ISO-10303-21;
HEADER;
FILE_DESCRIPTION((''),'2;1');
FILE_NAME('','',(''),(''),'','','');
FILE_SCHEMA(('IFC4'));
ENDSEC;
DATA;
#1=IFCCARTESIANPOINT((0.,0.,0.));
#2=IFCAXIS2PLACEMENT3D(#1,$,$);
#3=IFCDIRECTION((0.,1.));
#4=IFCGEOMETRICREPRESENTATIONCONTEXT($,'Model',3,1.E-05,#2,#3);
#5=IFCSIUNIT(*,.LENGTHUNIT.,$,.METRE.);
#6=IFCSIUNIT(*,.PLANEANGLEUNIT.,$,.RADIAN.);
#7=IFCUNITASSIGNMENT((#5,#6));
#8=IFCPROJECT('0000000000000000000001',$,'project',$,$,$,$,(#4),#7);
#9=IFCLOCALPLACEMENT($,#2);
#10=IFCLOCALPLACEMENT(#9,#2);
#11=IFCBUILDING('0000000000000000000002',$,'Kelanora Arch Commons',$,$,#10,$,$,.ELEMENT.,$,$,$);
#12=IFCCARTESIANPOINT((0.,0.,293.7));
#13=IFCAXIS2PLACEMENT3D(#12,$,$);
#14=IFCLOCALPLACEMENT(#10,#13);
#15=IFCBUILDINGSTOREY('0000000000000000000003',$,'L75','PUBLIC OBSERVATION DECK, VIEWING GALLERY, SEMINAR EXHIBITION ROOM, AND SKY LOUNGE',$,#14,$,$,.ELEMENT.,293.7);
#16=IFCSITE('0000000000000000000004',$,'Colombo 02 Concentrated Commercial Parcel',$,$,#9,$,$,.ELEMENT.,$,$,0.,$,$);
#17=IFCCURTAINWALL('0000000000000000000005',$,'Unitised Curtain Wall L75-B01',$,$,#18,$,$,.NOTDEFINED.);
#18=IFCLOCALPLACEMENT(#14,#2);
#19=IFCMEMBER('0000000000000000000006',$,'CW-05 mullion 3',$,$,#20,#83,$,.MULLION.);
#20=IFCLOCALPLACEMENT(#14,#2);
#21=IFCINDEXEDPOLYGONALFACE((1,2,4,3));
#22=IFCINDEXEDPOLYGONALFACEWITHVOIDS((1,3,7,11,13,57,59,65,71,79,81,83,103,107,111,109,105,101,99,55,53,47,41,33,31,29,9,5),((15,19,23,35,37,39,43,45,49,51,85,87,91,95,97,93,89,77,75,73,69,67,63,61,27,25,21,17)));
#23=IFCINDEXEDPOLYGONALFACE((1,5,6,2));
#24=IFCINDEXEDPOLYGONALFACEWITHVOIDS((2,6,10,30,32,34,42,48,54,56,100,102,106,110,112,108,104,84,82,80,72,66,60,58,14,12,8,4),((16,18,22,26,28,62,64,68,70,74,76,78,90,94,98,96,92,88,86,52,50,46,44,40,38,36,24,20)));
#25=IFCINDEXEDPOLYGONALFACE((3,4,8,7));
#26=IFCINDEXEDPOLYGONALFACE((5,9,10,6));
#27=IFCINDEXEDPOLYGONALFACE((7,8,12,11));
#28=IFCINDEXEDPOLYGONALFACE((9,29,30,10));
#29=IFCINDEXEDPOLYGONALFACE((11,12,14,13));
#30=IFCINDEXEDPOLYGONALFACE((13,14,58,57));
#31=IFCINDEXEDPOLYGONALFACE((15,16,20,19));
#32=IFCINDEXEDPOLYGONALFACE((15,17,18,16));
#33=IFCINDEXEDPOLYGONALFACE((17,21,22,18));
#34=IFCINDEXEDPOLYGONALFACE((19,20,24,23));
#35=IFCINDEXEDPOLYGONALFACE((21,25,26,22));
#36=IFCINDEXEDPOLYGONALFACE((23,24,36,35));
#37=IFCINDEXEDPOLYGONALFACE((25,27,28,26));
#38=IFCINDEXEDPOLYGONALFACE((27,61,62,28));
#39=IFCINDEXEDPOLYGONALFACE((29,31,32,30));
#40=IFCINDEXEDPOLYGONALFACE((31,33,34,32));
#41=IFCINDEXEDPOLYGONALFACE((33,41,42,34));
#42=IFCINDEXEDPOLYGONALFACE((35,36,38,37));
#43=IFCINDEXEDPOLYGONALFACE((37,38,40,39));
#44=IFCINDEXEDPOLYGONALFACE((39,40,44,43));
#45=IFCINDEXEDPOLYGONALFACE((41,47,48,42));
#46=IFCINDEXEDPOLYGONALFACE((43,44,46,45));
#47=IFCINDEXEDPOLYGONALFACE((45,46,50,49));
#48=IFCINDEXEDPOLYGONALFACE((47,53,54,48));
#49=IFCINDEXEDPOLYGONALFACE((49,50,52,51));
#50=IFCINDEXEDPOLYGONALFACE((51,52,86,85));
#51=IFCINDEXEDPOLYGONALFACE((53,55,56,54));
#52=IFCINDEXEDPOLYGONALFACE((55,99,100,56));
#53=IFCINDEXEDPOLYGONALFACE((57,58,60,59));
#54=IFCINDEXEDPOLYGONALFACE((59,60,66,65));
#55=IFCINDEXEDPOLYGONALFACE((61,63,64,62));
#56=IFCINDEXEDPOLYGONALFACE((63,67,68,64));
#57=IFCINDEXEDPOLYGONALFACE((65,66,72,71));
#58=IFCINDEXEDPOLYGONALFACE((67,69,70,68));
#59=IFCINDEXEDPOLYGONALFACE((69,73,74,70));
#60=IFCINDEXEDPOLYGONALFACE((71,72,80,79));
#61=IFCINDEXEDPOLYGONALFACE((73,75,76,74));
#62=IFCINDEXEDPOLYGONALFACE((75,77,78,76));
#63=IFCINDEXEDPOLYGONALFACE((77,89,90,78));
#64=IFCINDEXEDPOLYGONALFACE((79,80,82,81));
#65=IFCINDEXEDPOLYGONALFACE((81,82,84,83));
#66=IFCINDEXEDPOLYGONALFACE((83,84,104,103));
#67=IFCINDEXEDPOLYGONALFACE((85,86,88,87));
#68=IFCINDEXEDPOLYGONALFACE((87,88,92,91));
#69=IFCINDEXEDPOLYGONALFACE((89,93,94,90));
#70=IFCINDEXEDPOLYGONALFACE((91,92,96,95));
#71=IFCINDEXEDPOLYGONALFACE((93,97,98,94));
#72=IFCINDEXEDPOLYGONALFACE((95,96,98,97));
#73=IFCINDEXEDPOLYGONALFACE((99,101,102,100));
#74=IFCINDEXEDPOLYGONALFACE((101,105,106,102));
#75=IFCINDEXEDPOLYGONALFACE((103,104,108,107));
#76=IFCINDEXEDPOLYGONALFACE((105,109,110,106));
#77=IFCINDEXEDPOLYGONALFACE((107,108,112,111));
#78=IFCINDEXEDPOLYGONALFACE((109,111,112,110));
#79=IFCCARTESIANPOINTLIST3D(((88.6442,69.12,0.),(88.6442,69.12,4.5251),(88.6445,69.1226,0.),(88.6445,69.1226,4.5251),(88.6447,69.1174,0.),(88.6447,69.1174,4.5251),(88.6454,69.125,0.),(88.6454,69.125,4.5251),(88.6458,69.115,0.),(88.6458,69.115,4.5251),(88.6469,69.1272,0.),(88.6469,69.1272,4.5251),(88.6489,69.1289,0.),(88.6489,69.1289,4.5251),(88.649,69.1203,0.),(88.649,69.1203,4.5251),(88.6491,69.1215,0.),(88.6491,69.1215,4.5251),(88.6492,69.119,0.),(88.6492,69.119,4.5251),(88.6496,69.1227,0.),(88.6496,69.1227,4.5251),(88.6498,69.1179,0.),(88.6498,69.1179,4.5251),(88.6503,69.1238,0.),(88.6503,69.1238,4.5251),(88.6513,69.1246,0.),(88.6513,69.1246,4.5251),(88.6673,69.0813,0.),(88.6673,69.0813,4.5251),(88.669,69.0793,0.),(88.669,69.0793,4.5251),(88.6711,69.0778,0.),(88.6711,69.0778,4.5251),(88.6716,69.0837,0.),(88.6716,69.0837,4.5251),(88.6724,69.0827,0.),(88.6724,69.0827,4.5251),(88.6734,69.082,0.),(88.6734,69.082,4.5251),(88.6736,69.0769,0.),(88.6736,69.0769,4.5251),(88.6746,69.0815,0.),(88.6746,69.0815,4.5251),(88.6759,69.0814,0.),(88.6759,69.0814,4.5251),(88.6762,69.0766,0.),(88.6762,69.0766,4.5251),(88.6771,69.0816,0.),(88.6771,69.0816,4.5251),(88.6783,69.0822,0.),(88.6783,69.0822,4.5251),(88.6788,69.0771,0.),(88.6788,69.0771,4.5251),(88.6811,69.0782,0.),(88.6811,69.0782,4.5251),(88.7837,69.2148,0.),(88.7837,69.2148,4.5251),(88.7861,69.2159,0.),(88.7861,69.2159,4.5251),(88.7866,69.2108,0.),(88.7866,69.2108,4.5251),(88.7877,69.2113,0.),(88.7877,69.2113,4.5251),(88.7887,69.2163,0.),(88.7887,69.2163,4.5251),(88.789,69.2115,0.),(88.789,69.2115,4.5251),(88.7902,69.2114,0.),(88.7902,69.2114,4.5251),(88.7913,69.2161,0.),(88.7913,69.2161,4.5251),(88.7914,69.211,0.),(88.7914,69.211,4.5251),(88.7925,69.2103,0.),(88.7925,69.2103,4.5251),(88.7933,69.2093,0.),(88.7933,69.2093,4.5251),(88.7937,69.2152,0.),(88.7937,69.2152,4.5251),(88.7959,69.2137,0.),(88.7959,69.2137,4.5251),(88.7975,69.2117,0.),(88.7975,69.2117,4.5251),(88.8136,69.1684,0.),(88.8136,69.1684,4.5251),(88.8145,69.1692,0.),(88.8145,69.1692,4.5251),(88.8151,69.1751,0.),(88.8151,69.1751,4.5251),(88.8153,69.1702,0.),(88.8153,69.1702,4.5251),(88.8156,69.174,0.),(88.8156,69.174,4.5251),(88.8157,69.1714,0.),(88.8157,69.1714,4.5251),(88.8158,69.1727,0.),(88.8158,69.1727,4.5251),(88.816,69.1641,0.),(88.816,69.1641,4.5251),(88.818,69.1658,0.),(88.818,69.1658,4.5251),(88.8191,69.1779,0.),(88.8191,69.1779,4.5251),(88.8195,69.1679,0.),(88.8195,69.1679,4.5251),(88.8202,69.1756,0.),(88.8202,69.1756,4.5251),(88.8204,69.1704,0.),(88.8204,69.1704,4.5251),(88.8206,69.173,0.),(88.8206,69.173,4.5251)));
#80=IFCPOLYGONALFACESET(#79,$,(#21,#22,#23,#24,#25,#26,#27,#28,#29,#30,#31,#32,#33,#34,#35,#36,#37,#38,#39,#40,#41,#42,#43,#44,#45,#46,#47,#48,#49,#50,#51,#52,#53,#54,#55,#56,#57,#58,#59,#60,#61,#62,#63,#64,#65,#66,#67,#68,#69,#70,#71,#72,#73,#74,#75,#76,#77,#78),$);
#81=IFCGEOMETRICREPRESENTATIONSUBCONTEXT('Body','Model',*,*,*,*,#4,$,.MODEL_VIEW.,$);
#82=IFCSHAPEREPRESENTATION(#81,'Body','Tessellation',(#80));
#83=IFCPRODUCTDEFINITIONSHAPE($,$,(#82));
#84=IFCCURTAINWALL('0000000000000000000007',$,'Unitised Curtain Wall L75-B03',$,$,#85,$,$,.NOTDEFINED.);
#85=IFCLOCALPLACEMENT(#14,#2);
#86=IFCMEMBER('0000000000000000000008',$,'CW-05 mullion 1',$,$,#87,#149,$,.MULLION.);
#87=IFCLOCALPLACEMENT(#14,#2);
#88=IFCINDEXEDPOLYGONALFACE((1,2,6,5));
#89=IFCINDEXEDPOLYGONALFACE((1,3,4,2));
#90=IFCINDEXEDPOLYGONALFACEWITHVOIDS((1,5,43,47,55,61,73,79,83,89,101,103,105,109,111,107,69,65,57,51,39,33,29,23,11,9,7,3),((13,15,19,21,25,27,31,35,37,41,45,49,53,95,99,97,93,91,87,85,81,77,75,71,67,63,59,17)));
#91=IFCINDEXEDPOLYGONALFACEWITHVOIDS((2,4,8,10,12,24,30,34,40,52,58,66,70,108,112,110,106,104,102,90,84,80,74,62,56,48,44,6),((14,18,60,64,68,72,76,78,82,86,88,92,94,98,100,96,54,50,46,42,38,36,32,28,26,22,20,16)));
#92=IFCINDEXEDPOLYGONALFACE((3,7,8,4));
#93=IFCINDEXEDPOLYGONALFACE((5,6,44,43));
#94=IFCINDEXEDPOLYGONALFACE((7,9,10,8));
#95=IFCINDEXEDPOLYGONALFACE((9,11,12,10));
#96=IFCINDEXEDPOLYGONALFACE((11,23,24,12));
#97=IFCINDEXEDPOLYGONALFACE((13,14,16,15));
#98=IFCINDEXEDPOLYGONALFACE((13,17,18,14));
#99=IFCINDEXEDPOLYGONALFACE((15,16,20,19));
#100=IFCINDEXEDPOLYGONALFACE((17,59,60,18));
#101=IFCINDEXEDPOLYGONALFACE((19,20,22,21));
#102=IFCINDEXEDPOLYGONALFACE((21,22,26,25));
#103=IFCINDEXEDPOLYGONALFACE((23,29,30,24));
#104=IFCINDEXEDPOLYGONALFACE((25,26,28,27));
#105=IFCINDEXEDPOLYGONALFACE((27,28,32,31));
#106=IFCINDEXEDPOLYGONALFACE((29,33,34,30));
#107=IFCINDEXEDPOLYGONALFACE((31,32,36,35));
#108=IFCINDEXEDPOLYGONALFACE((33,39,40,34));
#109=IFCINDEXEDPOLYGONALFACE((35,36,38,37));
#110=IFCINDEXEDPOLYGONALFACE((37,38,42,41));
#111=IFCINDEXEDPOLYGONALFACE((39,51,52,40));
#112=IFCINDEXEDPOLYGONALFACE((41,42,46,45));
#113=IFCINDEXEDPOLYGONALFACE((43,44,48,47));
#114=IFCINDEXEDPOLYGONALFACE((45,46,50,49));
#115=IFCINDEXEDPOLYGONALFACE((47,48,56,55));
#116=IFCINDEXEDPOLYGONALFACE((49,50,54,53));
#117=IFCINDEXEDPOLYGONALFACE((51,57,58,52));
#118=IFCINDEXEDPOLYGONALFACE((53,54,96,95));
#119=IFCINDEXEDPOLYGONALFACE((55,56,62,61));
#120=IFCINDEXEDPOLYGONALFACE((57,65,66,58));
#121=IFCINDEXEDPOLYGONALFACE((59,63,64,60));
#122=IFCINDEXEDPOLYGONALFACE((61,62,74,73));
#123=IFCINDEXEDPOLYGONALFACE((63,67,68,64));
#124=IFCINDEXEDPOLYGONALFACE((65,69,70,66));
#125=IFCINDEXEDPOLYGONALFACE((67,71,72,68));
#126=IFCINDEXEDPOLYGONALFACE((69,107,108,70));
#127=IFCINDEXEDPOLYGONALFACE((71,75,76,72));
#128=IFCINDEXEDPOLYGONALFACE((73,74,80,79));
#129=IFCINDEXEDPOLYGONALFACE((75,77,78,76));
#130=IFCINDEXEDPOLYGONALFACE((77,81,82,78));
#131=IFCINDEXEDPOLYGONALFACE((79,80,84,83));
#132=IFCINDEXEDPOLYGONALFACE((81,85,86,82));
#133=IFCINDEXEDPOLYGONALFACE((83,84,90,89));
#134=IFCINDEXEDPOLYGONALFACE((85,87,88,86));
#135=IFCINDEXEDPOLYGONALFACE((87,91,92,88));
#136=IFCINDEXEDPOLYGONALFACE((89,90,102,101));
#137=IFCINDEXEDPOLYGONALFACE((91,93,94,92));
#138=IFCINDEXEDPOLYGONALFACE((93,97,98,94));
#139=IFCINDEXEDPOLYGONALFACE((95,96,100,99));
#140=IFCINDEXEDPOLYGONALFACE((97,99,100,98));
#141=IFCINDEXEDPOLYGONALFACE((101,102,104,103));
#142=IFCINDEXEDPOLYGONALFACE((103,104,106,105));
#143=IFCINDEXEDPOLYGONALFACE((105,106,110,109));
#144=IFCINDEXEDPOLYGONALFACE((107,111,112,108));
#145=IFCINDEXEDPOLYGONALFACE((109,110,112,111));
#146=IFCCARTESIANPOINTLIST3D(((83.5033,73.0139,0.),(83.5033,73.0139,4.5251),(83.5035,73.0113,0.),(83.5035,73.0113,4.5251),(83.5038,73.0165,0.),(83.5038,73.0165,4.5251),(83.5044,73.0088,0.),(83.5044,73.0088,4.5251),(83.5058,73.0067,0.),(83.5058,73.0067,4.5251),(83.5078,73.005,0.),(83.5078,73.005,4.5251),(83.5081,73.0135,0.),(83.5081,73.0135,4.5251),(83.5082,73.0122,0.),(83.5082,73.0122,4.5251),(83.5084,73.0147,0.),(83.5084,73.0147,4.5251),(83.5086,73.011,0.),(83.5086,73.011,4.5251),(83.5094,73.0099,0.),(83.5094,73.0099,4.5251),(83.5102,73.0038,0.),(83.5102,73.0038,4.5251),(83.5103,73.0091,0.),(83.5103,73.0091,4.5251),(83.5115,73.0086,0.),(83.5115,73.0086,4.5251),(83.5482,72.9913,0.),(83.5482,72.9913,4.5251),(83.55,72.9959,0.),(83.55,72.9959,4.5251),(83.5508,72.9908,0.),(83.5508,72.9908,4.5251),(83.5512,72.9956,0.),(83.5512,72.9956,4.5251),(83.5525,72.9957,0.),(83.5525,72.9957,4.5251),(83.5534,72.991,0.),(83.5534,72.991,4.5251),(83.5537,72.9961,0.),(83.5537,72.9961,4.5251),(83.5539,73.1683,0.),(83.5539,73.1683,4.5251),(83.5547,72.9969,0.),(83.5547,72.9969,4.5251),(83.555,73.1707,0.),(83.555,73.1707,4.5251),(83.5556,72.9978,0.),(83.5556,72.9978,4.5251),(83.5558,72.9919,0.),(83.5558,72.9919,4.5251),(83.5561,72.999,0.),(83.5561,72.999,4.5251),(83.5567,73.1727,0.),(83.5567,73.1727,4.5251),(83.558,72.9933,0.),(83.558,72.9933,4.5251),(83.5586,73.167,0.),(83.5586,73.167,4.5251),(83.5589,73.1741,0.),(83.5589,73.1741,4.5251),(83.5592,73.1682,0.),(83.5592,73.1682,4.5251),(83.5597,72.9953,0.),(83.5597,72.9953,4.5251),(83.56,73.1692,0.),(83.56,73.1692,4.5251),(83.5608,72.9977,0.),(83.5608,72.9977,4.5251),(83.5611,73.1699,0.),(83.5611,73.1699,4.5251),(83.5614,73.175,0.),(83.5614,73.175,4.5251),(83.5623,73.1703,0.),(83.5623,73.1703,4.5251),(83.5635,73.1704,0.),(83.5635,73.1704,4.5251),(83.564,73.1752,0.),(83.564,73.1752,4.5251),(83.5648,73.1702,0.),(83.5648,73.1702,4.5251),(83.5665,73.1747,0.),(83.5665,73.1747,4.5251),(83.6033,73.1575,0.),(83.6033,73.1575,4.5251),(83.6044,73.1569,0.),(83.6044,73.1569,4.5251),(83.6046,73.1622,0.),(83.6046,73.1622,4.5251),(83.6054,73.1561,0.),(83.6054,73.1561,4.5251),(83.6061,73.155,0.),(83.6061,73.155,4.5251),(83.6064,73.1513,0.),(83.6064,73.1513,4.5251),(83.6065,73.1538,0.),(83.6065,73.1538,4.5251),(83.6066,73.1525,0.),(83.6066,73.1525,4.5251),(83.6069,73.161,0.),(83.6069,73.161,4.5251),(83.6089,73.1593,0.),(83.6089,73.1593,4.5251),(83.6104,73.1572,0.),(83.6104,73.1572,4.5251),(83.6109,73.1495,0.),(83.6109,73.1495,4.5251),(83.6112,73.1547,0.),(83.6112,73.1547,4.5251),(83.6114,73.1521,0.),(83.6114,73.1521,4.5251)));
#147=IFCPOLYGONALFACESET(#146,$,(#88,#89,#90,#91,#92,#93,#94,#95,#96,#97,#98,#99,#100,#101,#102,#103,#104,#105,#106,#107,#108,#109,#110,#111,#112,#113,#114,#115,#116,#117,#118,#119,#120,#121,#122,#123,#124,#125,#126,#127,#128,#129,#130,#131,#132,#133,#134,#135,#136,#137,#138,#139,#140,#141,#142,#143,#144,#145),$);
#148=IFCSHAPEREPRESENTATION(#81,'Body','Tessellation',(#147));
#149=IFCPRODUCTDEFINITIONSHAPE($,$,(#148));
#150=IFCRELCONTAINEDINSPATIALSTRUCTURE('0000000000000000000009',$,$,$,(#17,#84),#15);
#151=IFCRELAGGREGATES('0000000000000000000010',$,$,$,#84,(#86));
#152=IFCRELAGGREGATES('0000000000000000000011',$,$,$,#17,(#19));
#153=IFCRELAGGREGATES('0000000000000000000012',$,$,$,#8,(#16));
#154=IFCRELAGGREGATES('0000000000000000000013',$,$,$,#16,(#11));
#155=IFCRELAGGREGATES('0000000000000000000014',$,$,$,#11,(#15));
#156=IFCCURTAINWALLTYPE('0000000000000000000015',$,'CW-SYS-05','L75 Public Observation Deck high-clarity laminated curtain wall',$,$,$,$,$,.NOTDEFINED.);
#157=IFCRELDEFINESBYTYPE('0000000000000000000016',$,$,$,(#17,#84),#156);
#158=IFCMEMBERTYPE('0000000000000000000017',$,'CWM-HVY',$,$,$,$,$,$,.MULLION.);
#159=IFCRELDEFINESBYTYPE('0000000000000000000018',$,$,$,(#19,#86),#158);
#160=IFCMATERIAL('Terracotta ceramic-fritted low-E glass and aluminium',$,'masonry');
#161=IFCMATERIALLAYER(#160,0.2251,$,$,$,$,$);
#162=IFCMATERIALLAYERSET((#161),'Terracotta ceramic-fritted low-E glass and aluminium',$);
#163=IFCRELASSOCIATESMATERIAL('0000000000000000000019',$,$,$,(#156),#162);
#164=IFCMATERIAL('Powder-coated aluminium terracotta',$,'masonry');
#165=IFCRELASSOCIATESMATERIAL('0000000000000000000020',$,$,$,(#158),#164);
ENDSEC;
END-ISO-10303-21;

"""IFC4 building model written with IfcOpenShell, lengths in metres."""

from ifc_helpers import new_model, si_unit, direction, frame, origin, origin_2d, place, context, subcontext, project, spatial, hollow_rectangle, extrude, material, layer, layer_set, material_profile, profile_set, type_object, element, aggregate, save


model = new_model("IFC4")

# Units and contexts
model_context = context("Model", 3, precision=1e-05, world=origin(), true_north=direction((0.0, 1.0)))
body_context = subcontext(model_context, "Body", "Model", "MODEL_VIEW")
ifc_project = project(units=[si_unit("LENGTHUNIT", "METRE"), si_unit("PLANEANGLEUNIT", "RADIAN")], contexts=[model_context])

# Site, building, storey
site_placement = place(None, origin())
site = spatial("IfcSite", under=ifc_project, at=site_placement, Name="Colombo 02 Concentrated Commercial Parcel", CompositionType="ELEMENT", RefElevation=0.0)
building_placement = place(site_placement, origin())
building = spatial("IfcBuilding", under=site, at=building_placement, Name="Kelanora Arch Commons", CompositionType="ELEMENT")
storey_placement = place(building_placement, frame((0.0, 0.0, 293.7)))
storey = spatial("IfcBuildingStorey", under=building, at=storey_placement, Name="L75", Description="PUBLIC OBSERVATION DECK, VIEWING GALLERY, SEMINAR EXHIBITION ROOM, AND SKY LOUNGE", CompositionType="ELEMENT", Elevation=293.7)

# Curtain wall, member
ifc_material_1 = material(Name="Terracotta ceramic-fritted low-E glass and aluminium", Category="masonry")
ifc_layer_1 = layer(ifc_material_1, 0.2251)
ifc_layer_set_1 = layer_set([ifc_layer_1], Name="Terracotta ceramic-fritted low-E glass and aluminium")
curtain_wall_type = type_object("IfcCurtainWallType", Name="CW-SYS-05", Description="L75 Public Observation Deck high-clarity laminated curtain wall", PredefinedType="NOTDEFINED", material=ifc_layer_set_1)
curtain_wall_1_placement = place(storey_placement, origin())
curtain_wall_1 = element("IfcCurtainWall", 1, at=curtain_wall_1_placement, inside=storey, type_object=curtain_wall_type, Name="Unitised Curtain Wall L75-B01", PredefinedType="NOTDEFINED")
ifc_material_2 = material(Name="Powder-coated aluminium terracotta", Category="masonry")
ifc_material_profile_1 = material_profile(ifc_material_2, hollow_rectangle(XDim=0.1799, YDim=0.0601, WallThickness=0.0049, InnerFilletRadius=0.0049, OuterFilletRadius=0.01, at=origin_2d()), Name="CWM180x60")
ifc_profile_set_1 = profile_set([ifc_material_profile_1], Name="Powder-coated aluminium terracotta")
member_type_1 = type_object("IfcMemberType", Name="CWM-HVY", PredefinedType="MULLION", material=ifc_profile_set_1)
member_1_placement = place(storey_placement, frame((88.7324, 69.1465, 0.0), z_axis=(0.0, 0.0, 1.0), x_axis=(-0.843391, -0.5373, 0.0)))
member_1 = element("IfcMember", 2, at=member_1_placement, type_object=member_type_1, Name="CW-05 mullion 3", PredefinedType="MULLION", context=body_context, shape_type="SweptSolid", body=[
    extrude(hollow_rectangle(XDim=0.1799, YDim=0.0601, WallThickness=0.0049, InnerFilletRadius=0.0049, OuterFilletRadius=0.01, at=origin_2d()), origin(), (0.0, 0.0, 1.0), 4.5251),
])

# Curtain wall, member
curtain_wall_2_placement = place(storey_placement, origin())
curtain_wall_2 = element("IfcCurtainWall", 3, at=curtain_wall_2_placement, inside=storey, type_object=curtain_wall_type, Name="Unitised Curtain Wall L75-B03", PredefinedType="NOTDEFINED")
member_2_placement = place(storey_placement, frame((83.5574, 73.083, 0.0), z_axis=(0.0, 0.0, 1.0), x_axis=(-0.313253, -0.94967, 0.0)))
member_2 = element("IfcMember", 4, at=member_2_placement, type_object=member_type_1, Name="CW-05 mullion 1", PredefinedType="MULLION", context=body_context, shape_type="SweptSolid", body=[
    extrude(hollow_rectangle(XDim=0.1799, YDim=0.0601, WallThickness=0.0049, InnerFilletRadius=0.0049, OuterFilletRadius=0.01, at=origin_2d()), origin(), (0.0, 0.0, 1.0), 4.5251),
])

aggregate(curtain_wall_2, [member_2])

aggregate(curtain_wall_1, [member_1])

save(model, "model.ifc")
